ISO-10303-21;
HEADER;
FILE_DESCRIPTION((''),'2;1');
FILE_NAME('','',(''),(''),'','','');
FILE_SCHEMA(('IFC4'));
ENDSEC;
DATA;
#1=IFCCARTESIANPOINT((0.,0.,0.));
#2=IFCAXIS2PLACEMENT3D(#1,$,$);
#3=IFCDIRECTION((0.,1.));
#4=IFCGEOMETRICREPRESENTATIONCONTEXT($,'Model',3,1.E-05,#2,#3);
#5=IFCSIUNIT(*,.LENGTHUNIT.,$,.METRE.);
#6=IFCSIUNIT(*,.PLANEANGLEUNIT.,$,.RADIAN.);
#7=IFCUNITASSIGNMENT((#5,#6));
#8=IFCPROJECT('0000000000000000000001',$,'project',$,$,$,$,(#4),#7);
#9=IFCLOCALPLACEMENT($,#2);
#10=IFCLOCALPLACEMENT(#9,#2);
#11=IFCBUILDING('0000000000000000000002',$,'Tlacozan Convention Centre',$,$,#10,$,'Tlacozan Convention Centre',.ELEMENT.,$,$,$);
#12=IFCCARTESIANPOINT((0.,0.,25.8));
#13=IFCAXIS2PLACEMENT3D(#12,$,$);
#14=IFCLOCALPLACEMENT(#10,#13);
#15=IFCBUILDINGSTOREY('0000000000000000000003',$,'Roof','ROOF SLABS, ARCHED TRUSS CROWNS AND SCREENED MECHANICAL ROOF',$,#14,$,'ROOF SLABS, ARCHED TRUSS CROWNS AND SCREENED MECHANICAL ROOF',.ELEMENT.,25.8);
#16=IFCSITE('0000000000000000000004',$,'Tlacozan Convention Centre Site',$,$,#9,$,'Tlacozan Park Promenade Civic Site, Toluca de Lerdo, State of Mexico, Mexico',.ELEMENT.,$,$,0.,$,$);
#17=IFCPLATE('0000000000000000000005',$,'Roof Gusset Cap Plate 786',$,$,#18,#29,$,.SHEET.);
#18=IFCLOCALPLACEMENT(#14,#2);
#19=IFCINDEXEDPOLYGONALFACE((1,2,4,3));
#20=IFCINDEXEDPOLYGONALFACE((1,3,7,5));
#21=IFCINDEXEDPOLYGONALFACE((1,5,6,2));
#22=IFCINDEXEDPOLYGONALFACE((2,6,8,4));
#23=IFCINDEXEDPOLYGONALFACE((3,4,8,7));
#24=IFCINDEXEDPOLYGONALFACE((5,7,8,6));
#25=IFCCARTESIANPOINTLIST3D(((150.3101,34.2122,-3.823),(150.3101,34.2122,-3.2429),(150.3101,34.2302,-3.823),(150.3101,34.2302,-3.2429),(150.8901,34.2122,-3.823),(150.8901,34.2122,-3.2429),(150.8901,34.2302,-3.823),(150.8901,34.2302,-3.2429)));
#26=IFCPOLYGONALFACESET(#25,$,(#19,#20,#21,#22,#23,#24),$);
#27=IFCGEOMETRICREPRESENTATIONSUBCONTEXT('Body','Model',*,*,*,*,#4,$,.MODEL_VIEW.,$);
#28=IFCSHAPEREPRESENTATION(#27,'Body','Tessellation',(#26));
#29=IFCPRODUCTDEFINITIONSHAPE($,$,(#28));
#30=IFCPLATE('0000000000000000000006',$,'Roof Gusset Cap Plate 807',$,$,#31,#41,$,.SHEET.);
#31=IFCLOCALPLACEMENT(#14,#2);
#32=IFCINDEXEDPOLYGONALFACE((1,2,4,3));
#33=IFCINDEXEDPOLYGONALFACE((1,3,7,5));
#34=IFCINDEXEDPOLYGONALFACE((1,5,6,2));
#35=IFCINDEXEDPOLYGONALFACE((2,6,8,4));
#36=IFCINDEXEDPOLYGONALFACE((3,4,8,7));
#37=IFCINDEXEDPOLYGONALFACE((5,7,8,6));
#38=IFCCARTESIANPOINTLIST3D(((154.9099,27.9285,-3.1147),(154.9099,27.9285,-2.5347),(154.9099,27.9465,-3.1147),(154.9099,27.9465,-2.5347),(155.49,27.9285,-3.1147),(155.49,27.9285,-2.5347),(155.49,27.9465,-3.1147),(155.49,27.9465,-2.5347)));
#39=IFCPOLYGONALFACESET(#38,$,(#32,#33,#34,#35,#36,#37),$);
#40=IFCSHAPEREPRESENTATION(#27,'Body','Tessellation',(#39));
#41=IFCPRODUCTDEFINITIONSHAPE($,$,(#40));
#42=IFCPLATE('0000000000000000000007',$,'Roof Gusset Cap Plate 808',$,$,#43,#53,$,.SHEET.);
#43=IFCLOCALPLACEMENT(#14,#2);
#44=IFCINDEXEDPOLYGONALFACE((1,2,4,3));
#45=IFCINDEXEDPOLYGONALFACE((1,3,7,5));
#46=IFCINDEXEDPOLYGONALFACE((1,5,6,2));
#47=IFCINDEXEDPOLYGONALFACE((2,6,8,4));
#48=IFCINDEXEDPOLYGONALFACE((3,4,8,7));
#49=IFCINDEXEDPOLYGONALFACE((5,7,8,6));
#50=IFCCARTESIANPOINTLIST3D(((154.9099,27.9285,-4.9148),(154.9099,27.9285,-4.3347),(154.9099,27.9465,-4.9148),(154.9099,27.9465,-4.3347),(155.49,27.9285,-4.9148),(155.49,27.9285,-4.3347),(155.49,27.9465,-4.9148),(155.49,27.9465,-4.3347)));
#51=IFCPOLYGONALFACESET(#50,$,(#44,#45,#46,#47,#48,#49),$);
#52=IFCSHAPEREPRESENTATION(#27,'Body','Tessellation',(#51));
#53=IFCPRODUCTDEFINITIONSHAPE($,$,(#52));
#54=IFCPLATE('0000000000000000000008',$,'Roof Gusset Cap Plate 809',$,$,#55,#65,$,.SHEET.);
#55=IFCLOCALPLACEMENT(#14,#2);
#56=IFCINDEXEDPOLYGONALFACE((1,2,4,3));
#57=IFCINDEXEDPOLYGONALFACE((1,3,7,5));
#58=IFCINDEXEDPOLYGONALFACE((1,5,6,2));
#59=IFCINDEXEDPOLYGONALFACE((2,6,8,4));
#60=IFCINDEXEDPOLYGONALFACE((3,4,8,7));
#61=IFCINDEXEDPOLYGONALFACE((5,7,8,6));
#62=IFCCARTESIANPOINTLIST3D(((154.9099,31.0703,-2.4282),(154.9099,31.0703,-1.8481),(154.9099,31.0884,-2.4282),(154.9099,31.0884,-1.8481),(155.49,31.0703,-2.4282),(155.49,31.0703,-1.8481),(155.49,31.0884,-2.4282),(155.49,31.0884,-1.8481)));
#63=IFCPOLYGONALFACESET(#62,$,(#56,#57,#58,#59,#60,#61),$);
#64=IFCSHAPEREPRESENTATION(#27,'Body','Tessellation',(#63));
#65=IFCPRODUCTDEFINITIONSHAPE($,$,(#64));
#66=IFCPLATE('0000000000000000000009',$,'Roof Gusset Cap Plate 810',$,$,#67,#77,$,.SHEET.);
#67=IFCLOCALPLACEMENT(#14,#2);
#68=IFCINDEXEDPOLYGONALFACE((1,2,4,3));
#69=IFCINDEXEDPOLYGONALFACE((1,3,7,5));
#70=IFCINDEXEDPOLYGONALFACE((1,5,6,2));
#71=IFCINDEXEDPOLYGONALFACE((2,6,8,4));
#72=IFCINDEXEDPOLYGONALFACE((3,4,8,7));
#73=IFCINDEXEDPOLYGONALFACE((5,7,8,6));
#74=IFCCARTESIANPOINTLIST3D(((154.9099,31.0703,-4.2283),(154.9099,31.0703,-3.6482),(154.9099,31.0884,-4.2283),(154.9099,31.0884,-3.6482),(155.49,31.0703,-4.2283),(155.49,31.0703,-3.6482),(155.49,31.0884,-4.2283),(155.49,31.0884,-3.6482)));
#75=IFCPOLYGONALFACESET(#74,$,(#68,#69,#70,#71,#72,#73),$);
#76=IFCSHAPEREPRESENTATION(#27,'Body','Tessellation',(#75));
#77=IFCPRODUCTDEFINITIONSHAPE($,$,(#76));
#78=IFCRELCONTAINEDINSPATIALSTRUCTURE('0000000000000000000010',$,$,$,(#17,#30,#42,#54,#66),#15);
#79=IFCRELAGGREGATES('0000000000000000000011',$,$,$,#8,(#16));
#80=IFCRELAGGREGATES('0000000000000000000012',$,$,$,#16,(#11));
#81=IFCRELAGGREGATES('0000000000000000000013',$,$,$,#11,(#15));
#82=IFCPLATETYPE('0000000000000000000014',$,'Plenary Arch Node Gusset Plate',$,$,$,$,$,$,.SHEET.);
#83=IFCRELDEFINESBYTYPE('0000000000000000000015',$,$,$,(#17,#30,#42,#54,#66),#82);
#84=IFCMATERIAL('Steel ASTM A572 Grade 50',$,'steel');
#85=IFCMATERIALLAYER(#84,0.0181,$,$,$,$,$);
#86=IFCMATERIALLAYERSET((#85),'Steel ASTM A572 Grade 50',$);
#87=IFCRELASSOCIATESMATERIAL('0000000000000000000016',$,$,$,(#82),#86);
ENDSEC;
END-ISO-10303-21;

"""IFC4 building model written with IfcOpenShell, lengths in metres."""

from ifc_helpers import new_model, si_unit, direction, frame, origin, origin_2d, place, context, subcontext, project, spatial, rectangle, extrude, material, layer, layer_set, type_object, element, save


model = new_model("IFC4")

# Units and contexts
model_context = context("Model", 3, precision=1e-05, world=origin(), true_north=direction((0.0, 1.0)))
body_context = subcontext(model_context, "Body", "Model", "MODEL_VIEW")
ifc_project = project(units=[si_unit("LENGTHUNIT", "METRE"), si_unit("PLANEANGLEUNIT", "RADIAN")], contexts=[model_context])

# Site, building, storey
site_placement = place(None, origin())
site = spatial("IfcSite", under=ifc_project, at=site_placement, Name="Tlacozan Convention Centre Site", LongName="Tlacozan Park Promenade Civic Site, Toluca de Lerdo, State of Mexico, Mexico", CompositionType="ELEMENT", RefElevation=0.0)
building_placement = place(site_placement, origin())
building = spatial("IfcBuilding", under=site, at=building_placement, Name="Tlacozan Convention Centre", LongName="Tlacozan Convention Centre", CompositionType="ELEMENT")
storey_placement = place(building_placement, frame((0.0, 0.0, 25.8)))
storey = spatial("IfcBuildingStorey", under=building, at=storey_placement, Name="Roof", Description="ROOF SLABS, ARCHED TRUSS CROWNS AND SCREENED MECHANICAL ROOF", LongName="ROOF SLABS, ARCHED TRUSS CROWNS AND SCREENED MECHANICAL ROOF", CompositionType="ELEMENT", Elevation=25.8)

# Plates
ifc_material_1 = material(Name="Steel ASTM A572 Grade 50", Category="steel")
ifc_layer = layer(ifc_material_1, 0.0181)
ifc_layer_set = layer_set([ifc_layer], Name="Steel ASTM A572 Grade 50")
plate_type = type_object("IfcPlateType", Name="Plenary Arch Node Gusset Plate", PredefinedType="SHEET", material=ifc_layer_set)
for number, where, z_axis, x_axis, name in (
    (1, (150.6001, 34.2212, -3.823), (0.0, 0.0, 1.0), (0.0, 1.0, 0.0), "Roof Gusset Cap Plate 786"),
    (2, (155.2, 27.9375, -3.1147), (0.0, 0.0, 1.0), (0.0, 1.0, 0.0), "Roof Gusset Cap Plate 807"),
    (3, (155.2, 27.9375, -4.9148), (0.0, 0.0, 1.0), (0.0, 1.0, 0.0), "Roof Gusset Cap Plate 808"),
    (4, (155.2, 31.0793, -2.4282), (0.0, 0.0, 1.0), (0.0, 1.0, 0.0), "Roof Gusset Cap Plate 809"),
    (5, (155.2, 31.0793, -4.2283), (0.0, 0.0, 1.0), (0.0, 1.0, 0.0), "Roof Gusset Cap Plate 810"),
):
    element("IfcPlate", number, at=place(storey_placement, frame(where, z_axis=z_axis, x_axis=x_axis)), inside=storey, type_object=plate_type, Name=name, PredefinedType="SHEET", context=body_context, shape_type="SweptSolid", body=[
        extrude(rectangle(XDim=0.0181, YDim=0.5801, at=origin_2d()), origin(), (0.0, 0.0, 1.0), 0.5801),
    ])

save(model, "model.ifc")
